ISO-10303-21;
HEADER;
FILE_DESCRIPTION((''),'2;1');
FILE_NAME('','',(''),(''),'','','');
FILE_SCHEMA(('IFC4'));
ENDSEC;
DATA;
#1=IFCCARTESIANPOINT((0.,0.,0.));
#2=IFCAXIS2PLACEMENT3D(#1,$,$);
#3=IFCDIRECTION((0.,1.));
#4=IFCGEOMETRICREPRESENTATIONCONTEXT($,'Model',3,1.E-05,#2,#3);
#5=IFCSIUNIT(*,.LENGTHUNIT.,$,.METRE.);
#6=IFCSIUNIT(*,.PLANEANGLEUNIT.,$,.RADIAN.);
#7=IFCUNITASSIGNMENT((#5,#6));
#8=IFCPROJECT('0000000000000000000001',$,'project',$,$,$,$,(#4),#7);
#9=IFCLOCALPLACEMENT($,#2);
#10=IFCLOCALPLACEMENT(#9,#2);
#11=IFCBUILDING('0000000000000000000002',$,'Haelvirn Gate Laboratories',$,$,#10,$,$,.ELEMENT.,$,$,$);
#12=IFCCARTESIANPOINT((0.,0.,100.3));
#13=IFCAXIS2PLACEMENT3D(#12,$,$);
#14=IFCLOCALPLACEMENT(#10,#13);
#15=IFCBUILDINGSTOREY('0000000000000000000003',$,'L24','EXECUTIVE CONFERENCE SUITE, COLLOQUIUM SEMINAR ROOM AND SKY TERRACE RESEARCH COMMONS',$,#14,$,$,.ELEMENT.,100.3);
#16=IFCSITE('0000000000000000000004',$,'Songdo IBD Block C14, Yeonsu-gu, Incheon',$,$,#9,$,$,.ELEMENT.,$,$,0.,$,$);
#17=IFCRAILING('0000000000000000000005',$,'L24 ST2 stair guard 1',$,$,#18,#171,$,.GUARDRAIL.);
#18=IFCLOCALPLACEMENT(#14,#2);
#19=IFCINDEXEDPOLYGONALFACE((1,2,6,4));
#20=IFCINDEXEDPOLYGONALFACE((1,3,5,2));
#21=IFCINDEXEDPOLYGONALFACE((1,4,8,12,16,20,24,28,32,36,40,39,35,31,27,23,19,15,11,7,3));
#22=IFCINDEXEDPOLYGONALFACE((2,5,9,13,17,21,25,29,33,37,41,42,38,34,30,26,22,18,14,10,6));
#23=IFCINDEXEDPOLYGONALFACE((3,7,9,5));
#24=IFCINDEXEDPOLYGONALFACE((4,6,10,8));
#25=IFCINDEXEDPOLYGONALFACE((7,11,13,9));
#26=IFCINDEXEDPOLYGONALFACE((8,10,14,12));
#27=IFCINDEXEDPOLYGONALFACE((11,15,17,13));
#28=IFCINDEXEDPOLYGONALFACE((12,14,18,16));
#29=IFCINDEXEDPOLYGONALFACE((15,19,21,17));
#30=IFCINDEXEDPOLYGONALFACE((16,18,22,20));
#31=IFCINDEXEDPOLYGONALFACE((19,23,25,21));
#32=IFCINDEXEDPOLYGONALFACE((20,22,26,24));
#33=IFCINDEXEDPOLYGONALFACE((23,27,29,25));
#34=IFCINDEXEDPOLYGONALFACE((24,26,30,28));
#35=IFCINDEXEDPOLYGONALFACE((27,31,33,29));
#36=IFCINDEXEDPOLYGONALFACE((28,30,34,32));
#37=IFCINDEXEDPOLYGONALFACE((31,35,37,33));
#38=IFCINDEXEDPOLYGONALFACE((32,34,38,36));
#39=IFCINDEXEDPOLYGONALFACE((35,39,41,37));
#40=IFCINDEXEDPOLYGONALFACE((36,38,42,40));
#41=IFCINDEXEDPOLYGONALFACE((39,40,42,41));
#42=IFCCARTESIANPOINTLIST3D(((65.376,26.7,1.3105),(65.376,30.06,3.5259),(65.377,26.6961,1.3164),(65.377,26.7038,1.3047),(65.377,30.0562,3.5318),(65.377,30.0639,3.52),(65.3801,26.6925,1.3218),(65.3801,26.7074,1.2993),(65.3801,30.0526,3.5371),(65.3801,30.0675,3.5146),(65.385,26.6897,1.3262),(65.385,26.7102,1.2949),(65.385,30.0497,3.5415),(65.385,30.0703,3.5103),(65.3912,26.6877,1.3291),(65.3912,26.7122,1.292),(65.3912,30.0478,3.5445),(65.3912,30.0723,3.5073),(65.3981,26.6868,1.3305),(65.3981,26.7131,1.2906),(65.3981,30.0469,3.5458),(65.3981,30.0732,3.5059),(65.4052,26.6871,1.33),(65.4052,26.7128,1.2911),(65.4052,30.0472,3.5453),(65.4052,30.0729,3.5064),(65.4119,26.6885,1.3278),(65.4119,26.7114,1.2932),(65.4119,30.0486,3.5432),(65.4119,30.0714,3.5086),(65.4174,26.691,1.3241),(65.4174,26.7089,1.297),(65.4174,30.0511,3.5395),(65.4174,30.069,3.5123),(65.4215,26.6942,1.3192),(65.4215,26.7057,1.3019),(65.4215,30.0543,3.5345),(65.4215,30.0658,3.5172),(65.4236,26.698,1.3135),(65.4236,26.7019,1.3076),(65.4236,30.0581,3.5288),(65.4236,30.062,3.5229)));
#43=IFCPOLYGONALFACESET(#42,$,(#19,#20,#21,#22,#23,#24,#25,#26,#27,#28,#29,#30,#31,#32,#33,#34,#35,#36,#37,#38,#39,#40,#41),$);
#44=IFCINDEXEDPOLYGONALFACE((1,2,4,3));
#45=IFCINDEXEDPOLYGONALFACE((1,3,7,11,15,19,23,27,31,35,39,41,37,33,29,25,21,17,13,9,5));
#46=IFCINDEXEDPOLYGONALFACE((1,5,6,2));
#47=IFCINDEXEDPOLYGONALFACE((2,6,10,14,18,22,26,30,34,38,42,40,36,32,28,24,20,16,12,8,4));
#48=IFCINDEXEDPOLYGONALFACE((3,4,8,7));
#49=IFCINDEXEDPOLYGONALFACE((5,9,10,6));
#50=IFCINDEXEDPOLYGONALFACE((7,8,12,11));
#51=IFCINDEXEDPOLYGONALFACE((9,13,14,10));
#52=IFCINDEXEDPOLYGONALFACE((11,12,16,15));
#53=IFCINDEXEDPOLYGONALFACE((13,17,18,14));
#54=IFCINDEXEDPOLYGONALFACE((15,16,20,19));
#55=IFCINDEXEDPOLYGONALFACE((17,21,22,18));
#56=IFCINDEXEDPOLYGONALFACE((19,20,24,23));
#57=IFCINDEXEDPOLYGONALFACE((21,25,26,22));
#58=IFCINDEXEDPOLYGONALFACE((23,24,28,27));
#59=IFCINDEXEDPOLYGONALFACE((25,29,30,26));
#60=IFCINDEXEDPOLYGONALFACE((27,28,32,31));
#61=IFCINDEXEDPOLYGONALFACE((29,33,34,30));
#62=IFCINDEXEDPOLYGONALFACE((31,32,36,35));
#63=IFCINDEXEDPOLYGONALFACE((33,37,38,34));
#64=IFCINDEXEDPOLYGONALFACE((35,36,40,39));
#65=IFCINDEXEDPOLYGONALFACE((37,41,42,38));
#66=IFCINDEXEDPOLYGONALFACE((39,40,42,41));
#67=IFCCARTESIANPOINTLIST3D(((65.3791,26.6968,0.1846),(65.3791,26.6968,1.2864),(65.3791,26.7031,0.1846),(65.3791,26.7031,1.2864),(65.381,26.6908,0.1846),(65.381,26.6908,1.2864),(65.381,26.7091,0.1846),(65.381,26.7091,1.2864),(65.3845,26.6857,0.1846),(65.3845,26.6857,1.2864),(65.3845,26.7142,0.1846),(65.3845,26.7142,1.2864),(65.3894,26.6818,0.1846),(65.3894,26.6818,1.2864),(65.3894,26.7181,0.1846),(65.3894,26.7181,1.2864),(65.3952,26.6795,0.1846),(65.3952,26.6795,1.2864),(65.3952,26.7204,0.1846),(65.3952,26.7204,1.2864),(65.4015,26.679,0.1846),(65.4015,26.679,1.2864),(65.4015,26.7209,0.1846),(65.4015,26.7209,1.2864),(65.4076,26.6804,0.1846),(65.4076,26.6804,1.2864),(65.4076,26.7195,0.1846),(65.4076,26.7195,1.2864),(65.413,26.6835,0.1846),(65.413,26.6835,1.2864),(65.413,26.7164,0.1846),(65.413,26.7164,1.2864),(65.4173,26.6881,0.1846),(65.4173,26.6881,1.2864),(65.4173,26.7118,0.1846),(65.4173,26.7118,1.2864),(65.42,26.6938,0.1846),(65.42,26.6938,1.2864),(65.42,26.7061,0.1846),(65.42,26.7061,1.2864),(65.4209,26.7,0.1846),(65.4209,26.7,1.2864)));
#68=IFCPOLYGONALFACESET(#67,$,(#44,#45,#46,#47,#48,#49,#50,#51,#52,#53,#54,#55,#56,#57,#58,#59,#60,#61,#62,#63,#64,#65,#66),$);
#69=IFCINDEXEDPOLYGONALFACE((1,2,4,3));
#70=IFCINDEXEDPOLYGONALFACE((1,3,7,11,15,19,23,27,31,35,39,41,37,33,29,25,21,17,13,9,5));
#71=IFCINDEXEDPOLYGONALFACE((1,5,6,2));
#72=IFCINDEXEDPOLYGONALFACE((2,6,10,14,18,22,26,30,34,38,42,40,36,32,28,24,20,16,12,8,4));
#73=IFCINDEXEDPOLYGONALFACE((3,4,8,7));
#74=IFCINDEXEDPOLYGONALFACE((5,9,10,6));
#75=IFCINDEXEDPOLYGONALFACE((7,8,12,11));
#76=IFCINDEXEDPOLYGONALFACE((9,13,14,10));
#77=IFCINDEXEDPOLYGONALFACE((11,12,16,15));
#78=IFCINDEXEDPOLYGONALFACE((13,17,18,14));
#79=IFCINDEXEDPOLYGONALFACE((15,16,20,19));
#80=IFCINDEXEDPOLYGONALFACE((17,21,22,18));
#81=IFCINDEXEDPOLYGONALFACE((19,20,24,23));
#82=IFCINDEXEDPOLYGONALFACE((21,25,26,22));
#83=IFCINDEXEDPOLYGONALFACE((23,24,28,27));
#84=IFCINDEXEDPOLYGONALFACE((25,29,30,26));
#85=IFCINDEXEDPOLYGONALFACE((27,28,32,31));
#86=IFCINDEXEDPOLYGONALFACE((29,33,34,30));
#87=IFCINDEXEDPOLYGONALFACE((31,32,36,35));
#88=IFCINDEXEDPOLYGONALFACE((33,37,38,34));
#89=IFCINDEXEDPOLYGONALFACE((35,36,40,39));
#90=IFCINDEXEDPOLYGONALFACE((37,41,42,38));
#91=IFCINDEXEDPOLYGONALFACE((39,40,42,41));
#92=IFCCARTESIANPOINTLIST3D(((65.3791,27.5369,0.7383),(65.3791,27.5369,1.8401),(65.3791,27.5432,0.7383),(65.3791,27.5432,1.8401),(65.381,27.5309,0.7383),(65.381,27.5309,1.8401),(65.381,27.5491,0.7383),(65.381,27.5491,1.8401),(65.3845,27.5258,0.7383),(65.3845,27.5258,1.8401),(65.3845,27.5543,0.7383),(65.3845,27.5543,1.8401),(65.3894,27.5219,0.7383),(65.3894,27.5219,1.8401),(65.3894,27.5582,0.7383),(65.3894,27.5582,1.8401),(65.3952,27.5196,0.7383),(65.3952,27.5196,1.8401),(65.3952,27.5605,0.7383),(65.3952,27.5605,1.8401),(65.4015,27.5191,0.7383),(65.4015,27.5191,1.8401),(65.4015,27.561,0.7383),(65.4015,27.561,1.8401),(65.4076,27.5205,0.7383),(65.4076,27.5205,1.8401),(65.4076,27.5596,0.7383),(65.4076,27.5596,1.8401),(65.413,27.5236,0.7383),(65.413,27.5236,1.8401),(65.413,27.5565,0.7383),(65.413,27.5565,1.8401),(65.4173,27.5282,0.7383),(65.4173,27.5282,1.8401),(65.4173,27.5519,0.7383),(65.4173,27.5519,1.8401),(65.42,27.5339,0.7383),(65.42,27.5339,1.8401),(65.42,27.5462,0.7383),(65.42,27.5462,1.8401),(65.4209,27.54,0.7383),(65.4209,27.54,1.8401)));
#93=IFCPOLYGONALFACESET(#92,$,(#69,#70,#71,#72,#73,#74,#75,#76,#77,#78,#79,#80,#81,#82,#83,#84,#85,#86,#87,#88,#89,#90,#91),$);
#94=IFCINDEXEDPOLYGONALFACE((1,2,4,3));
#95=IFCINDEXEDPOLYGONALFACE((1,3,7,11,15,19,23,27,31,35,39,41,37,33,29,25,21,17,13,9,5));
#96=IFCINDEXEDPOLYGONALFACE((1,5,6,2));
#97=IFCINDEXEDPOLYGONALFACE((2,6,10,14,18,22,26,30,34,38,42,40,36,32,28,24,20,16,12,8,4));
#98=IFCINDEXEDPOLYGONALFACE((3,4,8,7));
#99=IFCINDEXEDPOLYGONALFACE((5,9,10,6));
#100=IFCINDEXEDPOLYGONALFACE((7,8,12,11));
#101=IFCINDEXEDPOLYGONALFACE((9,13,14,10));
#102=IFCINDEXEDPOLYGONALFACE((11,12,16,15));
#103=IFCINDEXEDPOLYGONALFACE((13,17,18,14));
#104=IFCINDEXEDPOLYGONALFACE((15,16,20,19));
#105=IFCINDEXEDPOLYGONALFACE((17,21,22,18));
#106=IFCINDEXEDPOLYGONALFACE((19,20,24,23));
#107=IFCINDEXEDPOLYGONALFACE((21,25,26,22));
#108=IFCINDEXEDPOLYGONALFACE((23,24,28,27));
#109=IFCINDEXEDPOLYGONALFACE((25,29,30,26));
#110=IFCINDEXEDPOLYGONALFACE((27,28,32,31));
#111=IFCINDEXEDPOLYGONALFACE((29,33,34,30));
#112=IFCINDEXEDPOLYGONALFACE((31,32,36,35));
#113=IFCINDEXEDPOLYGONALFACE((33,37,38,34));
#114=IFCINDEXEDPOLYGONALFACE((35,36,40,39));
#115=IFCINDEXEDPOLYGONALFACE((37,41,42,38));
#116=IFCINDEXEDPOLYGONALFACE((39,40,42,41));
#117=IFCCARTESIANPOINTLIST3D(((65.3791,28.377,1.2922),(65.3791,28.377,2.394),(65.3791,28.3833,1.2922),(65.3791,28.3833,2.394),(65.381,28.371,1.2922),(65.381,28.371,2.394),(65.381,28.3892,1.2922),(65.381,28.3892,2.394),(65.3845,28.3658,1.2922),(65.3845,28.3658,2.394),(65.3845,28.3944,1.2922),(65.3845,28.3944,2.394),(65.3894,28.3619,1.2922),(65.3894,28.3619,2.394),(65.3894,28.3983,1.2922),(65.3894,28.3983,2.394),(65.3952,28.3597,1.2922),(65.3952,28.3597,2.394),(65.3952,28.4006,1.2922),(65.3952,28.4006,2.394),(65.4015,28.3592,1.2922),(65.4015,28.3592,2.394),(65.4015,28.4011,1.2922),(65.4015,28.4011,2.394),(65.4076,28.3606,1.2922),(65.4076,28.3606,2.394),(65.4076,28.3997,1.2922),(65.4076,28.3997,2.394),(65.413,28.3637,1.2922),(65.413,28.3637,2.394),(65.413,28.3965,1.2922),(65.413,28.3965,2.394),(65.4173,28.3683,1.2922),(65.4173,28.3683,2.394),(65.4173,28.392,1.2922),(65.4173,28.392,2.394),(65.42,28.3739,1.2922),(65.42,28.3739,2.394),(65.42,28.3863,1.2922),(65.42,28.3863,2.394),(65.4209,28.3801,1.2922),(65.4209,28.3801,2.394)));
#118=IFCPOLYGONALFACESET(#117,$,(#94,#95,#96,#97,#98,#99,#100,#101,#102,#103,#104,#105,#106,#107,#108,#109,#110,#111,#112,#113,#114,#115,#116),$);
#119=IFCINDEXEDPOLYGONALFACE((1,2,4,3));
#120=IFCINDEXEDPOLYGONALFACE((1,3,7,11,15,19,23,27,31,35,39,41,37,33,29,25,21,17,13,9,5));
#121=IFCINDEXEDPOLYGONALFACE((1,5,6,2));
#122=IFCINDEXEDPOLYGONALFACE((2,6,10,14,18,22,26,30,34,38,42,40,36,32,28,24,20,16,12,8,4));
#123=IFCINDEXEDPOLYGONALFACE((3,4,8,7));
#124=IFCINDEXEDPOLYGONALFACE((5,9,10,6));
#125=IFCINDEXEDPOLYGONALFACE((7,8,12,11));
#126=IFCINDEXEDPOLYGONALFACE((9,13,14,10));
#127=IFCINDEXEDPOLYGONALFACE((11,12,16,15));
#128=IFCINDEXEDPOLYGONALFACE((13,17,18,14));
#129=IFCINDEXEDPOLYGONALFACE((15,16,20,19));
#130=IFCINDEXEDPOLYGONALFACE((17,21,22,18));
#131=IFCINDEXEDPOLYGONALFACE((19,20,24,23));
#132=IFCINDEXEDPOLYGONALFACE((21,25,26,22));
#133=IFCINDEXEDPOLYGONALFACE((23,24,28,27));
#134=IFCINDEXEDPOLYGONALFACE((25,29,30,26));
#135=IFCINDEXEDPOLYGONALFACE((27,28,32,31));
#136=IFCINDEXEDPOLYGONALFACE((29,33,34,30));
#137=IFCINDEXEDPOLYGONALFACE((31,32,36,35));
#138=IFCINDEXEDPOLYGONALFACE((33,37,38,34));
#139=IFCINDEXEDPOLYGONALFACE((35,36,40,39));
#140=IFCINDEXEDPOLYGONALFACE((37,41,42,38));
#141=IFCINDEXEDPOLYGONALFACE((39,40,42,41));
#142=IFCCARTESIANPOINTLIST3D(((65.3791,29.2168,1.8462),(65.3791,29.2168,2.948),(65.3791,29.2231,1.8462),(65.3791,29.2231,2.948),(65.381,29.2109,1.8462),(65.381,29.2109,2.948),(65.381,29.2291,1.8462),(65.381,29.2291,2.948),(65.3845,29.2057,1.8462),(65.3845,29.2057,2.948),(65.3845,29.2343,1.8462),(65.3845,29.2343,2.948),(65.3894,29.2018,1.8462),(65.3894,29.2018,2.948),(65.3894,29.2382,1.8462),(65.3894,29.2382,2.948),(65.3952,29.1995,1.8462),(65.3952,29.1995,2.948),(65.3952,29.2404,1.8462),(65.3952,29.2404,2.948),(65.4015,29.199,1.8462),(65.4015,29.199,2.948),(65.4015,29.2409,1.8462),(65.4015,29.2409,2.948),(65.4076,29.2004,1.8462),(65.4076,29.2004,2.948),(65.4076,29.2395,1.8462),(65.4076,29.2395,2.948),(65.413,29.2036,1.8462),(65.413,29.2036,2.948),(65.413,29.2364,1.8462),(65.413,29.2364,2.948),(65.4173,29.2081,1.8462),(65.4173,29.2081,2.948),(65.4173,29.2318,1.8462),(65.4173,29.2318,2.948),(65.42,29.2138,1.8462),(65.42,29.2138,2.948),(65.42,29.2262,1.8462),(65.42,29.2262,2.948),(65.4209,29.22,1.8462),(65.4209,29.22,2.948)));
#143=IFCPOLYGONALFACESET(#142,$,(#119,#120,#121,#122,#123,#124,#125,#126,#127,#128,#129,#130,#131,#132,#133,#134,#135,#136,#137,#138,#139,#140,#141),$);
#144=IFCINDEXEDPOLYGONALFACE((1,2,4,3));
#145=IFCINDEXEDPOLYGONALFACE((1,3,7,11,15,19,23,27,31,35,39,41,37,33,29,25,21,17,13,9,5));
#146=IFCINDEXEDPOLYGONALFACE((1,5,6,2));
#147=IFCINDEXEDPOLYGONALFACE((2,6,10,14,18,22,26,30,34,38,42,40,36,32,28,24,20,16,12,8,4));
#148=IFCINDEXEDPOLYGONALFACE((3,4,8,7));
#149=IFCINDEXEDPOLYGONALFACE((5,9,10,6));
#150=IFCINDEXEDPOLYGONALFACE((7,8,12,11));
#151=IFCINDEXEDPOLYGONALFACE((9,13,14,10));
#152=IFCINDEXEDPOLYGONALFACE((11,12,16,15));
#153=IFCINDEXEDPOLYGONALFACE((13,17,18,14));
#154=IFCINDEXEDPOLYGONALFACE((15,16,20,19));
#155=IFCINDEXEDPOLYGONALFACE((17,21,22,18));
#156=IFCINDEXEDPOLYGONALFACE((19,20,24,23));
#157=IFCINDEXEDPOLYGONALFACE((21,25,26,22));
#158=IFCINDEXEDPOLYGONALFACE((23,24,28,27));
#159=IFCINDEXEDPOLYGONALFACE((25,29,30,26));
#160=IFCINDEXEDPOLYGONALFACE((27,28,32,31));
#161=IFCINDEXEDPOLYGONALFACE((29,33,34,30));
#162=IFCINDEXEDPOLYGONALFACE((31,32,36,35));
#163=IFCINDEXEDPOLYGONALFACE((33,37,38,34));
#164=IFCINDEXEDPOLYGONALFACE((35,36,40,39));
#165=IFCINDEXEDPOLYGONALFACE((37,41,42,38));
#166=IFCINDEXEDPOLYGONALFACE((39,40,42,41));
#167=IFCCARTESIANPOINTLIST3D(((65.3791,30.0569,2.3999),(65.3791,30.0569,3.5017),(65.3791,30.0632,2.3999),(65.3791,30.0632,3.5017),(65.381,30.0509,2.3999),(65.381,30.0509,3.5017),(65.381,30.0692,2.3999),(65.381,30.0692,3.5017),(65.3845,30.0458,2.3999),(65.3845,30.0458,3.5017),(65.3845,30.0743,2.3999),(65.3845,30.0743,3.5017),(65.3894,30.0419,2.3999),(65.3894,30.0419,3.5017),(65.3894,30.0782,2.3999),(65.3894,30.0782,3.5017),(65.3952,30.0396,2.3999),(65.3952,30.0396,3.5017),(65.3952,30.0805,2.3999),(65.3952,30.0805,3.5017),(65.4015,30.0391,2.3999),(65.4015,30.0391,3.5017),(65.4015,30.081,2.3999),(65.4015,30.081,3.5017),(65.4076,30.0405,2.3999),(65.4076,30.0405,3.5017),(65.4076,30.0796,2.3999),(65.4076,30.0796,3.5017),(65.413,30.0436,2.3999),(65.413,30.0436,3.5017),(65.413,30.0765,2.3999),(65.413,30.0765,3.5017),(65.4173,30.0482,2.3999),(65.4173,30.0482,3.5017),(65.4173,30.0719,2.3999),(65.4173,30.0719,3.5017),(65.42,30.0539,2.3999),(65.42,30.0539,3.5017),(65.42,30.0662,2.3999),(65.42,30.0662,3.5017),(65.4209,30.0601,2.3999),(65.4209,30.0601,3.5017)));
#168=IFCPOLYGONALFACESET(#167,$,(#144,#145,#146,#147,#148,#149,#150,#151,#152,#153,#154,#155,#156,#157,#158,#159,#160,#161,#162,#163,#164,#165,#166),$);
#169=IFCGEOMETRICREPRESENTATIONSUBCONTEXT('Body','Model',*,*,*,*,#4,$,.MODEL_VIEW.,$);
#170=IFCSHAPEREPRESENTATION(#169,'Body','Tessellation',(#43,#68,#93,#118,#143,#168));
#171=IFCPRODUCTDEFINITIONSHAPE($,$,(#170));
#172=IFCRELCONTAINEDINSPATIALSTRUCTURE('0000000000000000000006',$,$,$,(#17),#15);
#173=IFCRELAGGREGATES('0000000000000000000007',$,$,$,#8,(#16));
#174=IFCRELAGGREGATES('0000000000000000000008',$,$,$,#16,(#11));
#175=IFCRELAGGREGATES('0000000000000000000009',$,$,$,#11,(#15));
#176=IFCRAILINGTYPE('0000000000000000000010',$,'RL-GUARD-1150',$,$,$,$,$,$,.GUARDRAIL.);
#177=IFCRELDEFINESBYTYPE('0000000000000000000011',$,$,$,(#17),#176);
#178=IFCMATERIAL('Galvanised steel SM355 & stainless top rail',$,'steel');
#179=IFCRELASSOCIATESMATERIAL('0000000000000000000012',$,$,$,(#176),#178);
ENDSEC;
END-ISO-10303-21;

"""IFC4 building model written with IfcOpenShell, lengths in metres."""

from ifc_helpers import new_model, si_unit, direction, frame, origin, origin_2d, place, context, subcontext, project, spatial, circle, extrude, source, transform, mapped, material, type_object, element, save


model = new_model("IFC4")

# Units and contexts
model_context = context("Model", 3, precision=1e-05, world=origin(), true_north=direction((0.0, 1.0)))
body_context = subcontext(model_context, "Body", "Model", "MODEL_VIEW")
ifc_project = project(units=[si_unit("LENGTHUNIT", "METRE"), si_unit("PLANEANGLEUNIT", "RADIAN")], contexts=[model_context])

# Site, building, storey
site_placement = place(None, origin())
site = spatial("IfcSite", under=ifc_project, at=site_placement, Name="Songdo IBD Block C14, Yeonsu-gu, Incheon", CompositionType="ELEMENT", RefElevation=0.0)
building_placement = place(site_placement, origin())
building = spatial("IfcBuilding", under=site, at=building_placement, Name="Haelvirn Gate Laboratories", CompositionType="ELEMENT")
storey_placement = place(building_placement, frame((0.0, 0.0, 100.3)))
storey = spatial("IfcBuildingStorey", under=building, at=storey_placement, Name="L24", Description="EXECUTIVE CONFERENCE SUITE, COLLOQUIUM SEMINAR ROOM AND SKY TERRACE RESEARCH COMMONS", CompositionType="ELEMENT", Elevation=100.3)

# Railing
ifc_material_1 = material(Name="Galvanised steel SM355 & stainless top rail", Category="steel")
railing_type_1 = type_object("IfcRailingType", Name="RL-GUARD-1150", PredefinedType="GUARDRAIL", material=ifc_material_1)
shared_shape_1 = source(origin(), body_context, "Body", "SweptSolid", [
    extrude(circle(Radius=0.0239, at=origin_2d()), frame((0.0, 0.0, 1.126), z_axis=(0.0, 0.834876, 0.550437), x_axis=(-1.0, 0.0, 0.0)), (0.0, 0.0, 1.0), 4.0247),
    extrude(circle(Radius=0.021, at=origin_2d()), origin(), (0.0, 0.0, 1.0), 1.1018),
    extrude(circle(Radius=0.021, at=origin_2d()), frame((0.0, 0.8401, 0.5537)), (0.0, 0.0, 1.0), 1.1018),
    extrude(circle(Radius=0.021, at=origin_2d()), frame((0.0, 1.6802, 1.1077)), (0.0, 0.0, 1.0), 1.1018),
    extrude(circle(Radius=0.021, at=origin_2d()), frame((0.0, 2.52, 1.6616)), (0.0, 0.0, 1.0), 1.1018),
    extrude(circle(Radius=0.021, at=origin_2d()), frame((0.0, 3.3601, 2.2153)), (0.0, 0.0, 1.0), 1.1018),
])
railing_1_placement = place(storey_placement, frame((65.3999, 26.7, 0.1846)))
element("IfcRailing", 1, at=railing_1_placement, inside=storey, type_object=railing_type_1, Name="L24 ST2 stair guard 1", PredefinedType="GUARDRAIL", context=body_context, shape_type="MappedRepresentation", body=[
    mapped(shared_shape_1, transform((0.0, 0.0, 0.0), scale=1.0)),
])

save(model, "model.ifc")
